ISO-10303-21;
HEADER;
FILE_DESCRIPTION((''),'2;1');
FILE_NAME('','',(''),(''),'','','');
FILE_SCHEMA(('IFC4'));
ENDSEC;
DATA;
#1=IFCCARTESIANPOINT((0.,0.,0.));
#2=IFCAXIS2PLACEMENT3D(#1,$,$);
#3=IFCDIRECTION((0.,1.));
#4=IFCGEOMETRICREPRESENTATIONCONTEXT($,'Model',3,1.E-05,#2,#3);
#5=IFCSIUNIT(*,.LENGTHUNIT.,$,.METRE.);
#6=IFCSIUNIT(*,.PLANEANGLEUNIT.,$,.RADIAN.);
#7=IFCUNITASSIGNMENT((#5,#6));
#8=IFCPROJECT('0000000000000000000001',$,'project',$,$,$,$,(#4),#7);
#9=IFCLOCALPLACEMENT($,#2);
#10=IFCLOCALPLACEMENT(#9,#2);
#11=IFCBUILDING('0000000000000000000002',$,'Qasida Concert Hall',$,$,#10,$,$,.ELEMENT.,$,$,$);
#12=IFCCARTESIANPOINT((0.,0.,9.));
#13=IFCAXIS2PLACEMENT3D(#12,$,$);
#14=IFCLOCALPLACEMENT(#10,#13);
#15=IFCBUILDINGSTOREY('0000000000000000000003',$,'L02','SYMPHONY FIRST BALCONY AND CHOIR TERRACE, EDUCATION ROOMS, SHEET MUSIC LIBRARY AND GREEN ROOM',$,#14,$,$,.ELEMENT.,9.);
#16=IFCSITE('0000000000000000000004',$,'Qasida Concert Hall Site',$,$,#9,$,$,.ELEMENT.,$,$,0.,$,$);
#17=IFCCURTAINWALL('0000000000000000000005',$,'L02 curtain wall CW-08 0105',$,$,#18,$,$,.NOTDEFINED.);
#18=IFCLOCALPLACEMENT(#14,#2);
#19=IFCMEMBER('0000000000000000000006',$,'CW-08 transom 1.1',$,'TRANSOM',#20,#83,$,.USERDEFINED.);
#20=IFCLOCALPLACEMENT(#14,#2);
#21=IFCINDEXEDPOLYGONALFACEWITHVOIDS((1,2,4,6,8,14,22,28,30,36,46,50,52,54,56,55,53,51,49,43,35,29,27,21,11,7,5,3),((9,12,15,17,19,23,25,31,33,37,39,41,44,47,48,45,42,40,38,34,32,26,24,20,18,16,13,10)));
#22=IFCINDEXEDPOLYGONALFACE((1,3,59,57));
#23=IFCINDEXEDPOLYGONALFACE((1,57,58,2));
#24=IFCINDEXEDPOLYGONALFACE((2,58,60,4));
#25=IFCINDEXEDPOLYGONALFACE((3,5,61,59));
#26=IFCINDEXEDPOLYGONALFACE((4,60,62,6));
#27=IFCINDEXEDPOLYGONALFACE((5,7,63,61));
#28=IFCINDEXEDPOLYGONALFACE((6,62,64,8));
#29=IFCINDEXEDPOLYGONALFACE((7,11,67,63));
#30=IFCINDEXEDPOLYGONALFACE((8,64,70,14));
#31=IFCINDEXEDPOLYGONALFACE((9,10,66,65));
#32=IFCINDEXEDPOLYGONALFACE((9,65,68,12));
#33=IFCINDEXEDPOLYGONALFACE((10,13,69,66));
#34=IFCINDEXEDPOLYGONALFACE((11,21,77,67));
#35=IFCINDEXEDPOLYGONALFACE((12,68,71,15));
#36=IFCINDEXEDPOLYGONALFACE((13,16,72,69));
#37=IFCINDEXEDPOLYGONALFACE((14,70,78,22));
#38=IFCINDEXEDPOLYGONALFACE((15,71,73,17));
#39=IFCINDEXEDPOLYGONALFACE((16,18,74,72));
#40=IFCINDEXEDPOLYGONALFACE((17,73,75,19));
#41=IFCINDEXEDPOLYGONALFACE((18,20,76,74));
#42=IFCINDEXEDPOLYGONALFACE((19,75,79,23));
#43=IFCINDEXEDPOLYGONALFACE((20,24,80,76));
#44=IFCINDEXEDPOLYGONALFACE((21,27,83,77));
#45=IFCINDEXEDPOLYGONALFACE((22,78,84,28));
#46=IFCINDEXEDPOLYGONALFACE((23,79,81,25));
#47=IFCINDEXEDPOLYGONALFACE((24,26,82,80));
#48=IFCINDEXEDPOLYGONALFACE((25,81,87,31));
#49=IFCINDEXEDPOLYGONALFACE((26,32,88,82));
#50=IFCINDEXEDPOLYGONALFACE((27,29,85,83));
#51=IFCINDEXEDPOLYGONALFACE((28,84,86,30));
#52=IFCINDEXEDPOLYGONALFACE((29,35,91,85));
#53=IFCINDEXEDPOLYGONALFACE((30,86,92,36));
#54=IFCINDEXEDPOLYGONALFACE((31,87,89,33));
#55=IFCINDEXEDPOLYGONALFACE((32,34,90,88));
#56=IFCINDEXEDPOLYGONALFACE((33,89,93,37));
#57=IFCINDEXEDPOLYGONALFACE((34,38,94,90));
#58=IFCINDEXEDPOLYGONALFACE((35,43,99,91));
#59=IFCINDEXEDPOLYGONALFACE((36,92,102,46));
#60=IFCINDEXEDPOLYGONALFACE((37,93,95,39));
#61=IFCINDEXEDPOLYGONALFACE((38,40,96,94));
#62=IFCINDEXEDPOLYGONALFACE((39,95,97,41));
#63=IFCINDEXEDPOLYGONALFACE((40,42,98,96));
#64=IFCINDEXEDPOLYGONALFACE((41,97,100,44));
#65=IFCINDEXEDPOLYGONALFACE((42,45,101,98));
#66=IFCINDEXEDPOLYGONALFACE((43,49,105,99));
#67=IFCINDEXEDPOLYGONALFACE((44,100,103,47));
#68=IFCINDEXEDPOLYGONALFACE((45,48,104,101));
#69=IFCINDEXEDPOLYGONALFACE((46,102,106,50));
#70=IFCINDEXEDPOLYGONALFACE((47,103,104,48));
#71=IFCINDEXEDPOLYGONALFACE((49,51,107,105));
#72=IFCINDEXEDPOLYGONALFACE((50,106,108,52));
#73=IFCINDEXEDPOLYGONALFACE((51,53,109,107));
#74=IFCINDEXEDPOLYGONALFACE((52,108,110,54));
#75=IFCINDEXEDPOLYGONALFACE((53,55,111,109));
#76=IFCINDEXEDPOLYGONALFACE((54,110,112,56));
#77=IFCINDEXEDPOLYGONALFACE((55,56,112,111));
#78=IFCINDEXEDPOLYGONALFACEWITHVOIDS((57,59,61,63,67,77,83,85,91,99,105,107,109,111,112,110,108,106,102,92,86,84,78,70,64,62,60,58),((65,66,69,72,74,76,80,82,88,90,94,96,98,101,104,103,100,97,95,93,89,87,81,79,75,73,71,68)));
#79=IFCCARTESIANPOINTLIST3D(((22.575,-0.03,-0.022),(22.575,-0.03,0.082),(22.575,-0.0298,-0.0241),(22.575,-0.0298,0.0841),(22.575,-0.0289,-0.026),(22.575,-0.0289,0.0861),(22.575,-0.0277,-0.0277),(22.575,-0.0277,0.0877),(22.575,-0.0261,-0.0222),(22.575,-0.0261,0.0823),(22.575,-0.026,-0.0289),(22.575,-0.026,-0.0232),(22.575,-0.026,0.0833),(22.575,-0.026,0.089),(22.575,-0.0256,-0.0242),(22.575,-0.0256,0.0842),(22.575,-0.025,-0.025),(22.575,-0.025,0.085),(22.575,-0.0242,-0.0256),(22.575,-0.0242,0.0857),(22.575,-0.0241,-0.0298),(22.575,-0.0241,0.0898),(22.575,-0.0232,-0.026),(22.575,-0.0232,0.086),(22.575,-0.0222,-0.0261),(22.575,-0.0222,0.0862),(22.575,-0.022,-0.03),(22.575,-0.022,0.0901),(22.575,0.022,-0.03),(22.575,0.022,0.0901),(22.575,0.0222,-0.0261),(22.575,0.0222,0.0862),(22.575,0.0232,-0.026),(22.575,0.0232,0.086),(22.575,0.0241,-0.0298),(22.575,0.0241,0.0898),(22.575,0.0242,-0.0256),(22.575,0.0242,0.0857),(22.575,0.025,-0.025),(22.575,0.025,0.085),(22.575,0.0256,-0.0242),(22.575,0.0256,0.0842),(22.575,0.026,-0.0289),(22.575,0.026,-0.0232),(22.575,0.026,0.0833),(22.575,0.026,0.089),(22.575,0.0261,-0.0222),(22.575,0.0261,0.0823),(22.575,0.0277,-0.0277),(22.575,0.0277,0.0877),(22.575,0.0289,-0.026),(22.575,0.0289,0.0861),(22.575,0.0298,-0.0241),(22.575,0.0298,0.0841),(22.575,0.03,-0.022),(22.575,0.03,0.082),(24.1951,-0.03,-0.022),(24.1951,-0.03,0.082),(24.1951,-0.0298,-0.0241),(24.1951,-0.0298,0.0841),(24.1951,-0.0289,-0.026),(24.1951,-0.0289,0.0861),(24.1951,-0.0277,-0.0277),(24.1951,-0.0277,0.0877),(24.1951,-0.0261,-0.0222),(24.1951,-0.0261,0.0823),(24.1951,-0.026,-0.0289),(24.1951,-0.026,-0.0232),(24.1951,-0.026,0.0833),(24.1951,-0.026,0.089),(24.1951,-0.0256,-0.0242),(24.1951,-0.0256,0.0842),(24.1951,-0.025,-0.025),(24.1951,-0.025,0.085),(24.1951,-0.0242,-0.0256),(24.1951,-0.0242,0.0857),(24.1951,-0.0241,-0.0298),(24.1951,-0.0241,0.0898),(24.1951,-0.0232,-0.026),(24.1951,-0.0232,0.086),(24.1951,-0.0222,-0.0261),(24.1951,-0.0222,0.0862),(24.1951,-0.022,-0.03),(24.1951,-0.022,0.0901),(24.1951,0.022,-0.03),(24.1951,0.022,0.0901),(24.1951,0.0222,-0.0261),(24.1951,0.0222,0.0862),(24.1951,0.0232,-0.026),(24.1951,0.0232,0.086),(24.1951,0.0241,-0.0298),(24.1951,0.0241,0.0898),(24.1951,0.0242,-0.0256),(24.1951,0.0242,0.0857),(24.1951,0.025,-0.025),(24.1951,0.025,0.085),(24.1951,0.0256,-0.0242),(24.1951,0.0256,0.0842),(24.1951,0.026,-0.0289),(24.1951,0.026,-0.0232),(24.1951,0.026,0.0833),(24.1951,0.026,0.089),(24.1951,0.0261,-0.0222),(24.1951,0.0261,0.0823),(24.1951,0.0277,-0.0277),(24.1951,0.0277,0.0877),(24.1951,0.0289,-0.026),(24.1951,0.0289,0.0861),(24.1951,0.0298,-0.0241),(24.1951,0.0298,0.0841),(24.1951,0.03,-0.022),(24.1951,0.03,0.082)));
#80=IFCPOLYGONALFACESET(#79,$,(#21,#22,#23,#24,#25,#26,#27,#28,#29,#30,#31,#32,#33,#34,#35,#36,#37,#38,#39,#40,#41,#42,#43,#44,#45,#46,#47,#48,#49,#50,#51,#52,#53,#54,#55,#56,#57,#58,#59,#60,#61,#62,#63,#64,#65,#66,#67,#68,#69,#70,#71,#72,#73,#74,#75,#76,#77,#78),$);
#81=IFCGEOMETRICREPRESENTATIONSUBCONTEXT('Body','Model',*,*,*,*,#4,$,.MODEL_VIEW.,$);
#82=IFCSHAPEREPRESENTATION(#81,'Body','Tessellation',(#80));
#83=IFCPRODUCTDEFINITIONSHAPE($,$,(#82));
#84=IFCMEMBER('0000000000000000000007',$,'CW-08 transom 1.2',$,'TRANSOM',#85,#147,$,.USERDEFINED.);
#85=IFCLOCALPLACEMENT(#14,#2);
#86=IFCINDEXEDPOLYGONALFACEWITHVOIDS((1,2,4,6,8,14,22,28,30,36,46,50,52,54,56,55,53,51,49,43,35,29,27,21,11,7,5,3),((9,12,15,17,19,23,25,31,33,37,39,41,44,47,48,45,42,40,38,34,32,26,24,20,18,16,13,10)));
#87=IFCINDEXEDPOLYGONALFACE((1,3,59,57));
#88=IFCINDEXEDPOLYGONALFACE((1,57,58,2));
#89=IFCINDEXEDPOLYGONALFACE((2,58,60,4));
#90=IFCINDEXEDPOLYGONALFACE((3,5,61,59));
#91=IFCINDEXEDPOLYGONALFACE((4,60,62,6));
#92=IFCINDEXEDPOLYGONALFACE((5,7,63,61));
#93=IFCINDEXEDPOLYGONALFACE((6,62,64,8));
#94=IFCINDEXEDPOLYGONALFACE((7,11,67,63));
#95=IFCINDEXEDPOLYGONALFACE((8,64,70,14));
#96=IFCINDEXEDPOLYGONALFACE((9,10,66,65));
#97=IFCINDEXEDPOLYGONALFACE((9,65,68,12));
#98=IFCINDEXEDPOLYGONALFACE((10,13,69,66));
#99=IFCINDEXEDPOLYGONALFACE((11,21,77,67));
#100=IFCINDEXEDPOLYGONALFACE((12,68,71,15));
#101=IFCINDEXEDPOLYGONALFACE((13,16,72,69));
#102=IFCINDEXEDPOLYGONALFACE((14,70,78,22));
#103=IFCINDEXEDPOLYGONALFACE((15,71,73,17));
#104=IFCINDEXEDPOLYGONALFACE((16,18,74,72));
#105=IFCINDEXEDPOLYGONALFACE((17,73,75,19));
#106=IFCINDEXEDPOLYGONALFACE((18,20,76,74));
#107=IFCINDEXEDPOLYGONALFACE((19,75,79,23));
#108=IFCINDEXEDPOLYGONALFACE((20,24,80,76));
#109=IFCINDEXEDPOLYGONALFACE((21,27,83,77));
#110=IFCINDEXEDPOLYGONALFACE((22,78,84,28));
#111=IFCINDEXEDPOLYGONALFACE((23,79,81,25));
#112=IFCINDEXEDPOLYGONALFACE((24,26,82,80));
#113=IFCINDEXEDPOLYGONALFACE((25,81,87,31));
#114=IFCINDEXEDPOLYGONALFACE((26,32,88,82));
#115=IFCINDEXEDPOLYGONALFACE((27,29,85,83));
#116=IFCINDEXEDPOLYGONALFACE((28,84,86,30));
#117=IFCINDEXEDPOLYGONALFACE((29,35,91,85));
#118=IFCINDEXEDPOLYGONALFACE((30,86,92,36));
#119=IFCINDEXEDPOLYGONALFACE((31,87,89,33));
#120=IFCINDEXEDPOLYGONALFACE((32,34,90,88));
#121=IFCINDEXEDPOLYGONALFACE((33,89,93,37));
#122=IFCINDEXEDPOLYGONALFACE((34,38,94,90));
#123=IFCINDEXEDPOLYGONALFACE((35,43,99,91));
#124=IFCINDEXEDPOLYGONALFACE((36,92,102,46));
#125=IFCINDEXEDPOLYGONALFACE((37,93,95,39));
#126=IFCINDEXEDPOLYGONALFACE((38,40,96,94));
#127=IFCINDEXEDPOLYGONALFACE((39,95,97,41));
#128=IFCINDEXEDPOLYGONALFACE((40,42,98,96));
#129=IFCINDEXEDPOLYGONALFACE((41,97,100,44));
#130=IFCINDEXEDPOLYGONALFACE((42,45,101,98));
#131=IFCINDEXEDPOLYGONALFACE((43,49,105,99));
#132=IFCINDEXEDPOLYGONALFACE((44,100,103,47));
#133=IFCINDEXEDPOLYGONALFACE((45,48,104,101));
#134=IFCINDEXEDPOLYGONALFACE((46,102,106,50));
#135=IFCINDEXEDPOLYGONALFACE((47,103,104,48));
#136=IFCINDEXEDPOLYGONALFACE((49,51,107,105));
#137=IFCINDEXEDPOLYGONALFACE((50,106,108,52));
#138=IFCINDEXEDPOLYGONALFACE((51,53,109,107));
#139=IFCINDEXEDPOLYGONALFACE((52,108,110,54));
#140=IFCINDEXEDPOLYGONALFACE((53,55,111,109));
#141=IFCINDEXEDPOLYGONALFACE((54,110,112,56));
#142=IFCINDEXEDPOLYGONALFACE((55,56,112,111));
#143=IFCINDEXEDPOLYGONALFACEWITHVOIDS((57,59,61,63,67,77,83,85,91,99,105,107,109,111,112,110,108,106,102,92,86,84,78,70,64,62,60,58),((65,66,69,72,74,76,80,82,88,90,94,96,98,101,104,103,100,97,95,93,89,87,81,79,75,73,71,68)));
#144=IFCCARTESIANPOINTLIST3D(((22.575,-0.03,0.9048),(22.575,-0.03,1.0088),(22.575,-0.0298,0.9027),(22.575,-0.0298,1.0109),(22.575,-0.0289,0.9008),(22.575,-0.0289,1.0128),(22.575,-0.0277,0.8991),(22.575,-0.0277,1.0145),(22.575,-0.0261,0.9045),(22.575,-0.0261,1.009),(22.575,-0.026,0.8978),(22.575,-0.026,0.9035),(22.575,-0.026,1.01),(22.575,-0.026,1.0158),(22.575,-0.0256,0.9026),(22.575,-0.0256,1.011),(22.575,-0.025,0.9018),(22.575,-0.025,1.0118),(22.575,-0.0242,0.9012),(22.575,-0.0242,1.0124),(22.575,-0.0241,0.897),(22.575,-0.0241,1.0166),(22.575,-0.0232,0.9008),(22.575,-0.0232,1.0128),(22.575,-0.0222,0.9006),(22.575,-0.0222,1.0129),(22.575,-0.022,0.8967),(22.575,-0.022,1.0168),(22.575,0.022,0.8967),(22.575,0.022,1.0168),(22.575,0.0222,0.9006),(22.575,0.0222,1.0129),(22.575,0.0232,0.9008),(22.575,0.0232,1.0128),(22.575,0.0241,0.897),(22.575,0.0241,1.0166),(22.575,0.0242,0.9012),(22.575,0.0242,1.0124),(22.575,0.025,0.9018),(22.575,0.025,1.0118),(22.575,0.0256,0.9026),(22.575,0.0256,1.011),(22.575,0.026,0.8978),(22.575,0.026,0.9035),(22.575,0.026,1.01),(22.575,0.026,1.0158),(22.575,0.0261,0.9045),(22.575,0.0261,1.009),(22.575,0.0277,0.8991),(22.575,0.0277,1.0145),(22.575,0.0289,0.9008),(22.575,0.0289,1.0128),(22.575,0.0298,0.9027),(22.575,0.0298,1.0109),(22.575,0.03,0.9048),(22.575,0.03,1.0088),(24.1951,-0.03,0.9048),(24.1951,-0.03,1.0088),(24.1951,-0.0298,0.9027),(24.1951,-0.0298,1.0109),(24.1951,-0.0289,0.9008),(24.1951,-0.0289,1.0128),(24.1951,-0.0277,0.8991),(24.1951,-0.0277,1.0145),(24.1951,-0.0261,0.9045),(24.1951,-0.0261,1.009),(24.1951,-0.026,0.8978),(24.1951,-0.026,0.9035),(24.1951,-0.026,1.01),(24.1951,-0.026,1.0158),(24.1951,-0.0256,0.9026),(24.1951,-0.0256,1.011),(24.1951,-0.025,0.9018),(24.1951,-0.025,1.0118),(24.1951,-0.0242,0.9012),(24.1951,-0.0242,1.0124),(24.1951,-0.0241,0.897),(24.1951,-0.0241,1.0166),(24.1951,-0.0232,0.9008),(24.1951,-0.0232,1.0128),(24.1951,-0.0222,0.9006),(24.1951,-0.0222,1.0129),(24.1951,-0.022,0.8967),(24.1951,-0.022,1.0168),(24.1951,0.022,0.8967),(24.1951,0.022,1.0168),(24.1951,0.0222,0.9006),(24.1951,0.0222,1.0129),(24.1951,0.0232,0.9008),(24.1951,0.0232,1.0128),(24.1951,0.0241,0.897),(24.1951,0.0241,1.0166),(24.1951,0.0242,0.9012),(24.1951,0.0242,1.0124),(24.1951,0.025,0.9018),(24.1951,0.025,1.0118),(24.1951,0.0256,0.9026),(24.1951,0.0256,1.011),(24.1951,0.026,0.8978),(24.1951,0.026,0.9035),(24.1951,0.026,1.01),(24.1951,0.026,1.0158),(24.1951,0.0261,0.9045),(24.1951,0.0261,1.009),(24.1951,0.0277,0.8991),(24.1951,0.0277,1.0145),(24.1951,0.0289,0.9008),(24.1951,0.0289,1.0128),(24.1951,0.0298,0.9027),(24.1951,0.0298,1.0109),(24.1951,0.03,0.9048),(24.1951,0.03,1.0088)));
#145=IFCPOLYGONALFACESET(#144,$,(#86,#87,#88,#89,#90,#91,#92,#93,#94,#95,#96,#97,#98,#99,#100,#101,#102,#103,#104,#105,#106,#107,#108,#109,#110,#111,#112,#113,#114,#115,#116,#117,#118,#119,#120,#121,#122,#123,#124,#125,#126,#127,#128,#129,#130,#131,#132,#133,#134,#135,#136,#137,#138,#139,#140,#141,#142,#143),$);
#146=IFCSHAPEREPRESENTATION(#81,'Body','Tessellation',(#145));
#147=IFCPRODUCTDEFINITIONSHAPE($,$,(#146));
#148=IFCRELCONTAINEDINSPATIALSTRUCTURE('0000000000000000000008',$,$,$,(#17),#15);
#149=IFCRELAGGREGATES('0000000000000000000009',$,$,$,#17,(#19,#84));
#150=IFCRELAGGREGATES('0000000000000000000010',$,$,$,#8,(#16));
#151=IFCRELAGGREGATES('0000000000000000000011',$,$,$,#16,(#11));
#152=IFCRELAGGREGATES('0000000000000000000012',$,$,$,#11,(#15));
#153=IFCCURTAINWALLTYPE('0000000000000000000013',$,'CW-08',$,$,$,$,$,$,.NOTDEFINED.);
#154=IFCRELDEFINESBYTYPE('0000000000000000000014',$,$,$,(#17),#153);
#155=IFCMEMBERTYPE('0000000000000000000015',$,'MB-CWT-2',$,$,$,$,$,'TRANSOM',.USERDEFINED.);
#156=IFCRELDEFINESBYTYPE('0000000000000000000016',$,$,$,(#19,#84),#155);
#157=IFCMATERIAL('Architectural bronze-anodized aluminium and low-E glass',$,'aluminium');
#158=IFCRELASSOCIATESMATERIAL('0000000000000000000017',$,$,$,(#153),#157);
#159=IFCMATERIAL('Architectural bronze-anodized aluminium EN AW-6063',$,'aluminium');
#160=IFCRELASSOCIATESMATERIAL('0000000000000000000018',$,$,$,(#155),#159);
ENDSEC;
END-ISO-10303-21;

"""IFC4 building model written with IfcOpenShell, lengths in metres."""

from ifc_helpers import new_model, si_unit, direction, frame, origin, origin_2d, place, context, subcontext, project, spatial, hollow_rectangle, extrude, material, material_profile, profile_set, type_object, element, aggregate, save


model = new_model("IFC4")

# Units and contexts
model_context = context("Model", 3, precision=1e-05, world=origin(), true_north=direction((0.0, 1.0)))
body_context = subcontext(model_context, "Body", "Model", "MODEL_VIEW")
ifc_project = project(units=[si_unit("LENGTHUNIT", "METRE"), si_unit("PLANEANGLEUNIT", "RADIAN")], contexts=[model_context])

# Site, building, storey
site_placement = place(None, origin())
site = spatial("IfcSite", under=ifc_project, at=site_placement, Name="Qasida Concert Hall Site", CompositionType="ELEMENT", RefElevation=0.0)
building_placement = place(site_placement, origin())
building = spatial("IfcBuilding", under=site, at=building_placement, Name="Qasida Concert Hall", CompositionType="ELEMENT")
storey_placement = place(building_placement, frame((0.0, 0.0, 9.0)))
storey = spatial("IfcBuildingStorey", under=building, at=storey_placement, Name="L02", Description="SYMPHONY FIRST BALCONY AND CHOIR TERRACE, EDUCATION ROOMS, SHEET MUSIC LIBRARY AND GREEN ROOM", CompositionType="ELEMENT", Elevation=9.0)

# Curtain wall
ifc_material_1 = material(Name="Architectural bronze-anodized aluminium and low-E glass", Category="aluminium")
curtain_wall_type = type_object("IfcCurtainWallType", Name="CW-08", PredefinedType="NOTDEFINED", material=ifc_material_1)
ifc_material_2 = material(Name="Architectural bronze-anodized aluminium EN AW-6063", Category="aluminium")
curtain_wall_1_placement = place(storey_placement, origin())
curtain_wall_1 = element("IfcCurtainWall", 1, at=curtain_wall_1_placement, inside=storey, type_object=curtain_wall_type, Name="L02 curtain wall CW-08 0105", PredefinedType="NOTDEFINED")

# Members
ifc_material_profile_1 = material_profile(ifc_material_2, hollow_rectangle(XDim=0.0601, YDim=0.1201, WallThickness=0.0039, InnerFilletRadius=0.0039, OuterFilletRadius=0.0081, at=origin_2d()), Name="CWT 120x60x4")
ifc_profile_set_1 = profile_set([ifc_material_profile_1], Name="Architectural bronze-anodized aluminium EN AW-6063")
member_type_1 = type_object("IfcMemberType", Name="MB-CWT-2", ElementType="TRANSOM", PredefinedType="USERDEFINED", material=ifc_profile_set_1)
member_1_placement = place(storey_placement, frame((22.575, 0.0, 0.03), z_axis=(1.0, 0.0, 0.0), x_axis=(0.0, 1.0, 0.0)))
member_1 = element("IfcMember", 2, at=member_1_placement, type_object=member_type_1, Name="CW-08 transom 1.1", ObjectType="TRANSOM", PredefinedType="USERDEFINED", context=body_context, shape_type="SweptSolid", body=[
    extrude(hollow_rectangle(XDim=0.0601, YDim=0.1201, WallThickness=0.0039, InnerFilletRadius=0.0039, OuterFilletRadius=0.0081, at=origin_2d()), origin(), (0.0, 0.0, 1.0), 1.6201),
])
member_2_placement = place(storey_placement, frame((22.575, 0.0, 0.9568), z_axis=(1.0, 0.0, 0.0), x_axis=(0.0, 1.0, 0.0)))
member_2 = element("IfcMember", 3, at=member_2_placement, type_object=member_type_1, Name="CW-08 transom 1.2", ObjectType="TRANSOM", PredefinedType="USERDEFINED", context=body_context, shape_type="SweptSolid", body=[
    extrude(hollow_rectangle(XDim=0.0601, YDim=0.1201, WallThickness=0.0039, InnerFilletRadius=0.0039, OuterFilletRadius=0.0081, at=origin_2d()), origin(), (0.0, 0.0, 1.0), 1.6201),
])

aggregate(curtain_wall_1, [member_1, member_2])

save(model, "model.ifc")
